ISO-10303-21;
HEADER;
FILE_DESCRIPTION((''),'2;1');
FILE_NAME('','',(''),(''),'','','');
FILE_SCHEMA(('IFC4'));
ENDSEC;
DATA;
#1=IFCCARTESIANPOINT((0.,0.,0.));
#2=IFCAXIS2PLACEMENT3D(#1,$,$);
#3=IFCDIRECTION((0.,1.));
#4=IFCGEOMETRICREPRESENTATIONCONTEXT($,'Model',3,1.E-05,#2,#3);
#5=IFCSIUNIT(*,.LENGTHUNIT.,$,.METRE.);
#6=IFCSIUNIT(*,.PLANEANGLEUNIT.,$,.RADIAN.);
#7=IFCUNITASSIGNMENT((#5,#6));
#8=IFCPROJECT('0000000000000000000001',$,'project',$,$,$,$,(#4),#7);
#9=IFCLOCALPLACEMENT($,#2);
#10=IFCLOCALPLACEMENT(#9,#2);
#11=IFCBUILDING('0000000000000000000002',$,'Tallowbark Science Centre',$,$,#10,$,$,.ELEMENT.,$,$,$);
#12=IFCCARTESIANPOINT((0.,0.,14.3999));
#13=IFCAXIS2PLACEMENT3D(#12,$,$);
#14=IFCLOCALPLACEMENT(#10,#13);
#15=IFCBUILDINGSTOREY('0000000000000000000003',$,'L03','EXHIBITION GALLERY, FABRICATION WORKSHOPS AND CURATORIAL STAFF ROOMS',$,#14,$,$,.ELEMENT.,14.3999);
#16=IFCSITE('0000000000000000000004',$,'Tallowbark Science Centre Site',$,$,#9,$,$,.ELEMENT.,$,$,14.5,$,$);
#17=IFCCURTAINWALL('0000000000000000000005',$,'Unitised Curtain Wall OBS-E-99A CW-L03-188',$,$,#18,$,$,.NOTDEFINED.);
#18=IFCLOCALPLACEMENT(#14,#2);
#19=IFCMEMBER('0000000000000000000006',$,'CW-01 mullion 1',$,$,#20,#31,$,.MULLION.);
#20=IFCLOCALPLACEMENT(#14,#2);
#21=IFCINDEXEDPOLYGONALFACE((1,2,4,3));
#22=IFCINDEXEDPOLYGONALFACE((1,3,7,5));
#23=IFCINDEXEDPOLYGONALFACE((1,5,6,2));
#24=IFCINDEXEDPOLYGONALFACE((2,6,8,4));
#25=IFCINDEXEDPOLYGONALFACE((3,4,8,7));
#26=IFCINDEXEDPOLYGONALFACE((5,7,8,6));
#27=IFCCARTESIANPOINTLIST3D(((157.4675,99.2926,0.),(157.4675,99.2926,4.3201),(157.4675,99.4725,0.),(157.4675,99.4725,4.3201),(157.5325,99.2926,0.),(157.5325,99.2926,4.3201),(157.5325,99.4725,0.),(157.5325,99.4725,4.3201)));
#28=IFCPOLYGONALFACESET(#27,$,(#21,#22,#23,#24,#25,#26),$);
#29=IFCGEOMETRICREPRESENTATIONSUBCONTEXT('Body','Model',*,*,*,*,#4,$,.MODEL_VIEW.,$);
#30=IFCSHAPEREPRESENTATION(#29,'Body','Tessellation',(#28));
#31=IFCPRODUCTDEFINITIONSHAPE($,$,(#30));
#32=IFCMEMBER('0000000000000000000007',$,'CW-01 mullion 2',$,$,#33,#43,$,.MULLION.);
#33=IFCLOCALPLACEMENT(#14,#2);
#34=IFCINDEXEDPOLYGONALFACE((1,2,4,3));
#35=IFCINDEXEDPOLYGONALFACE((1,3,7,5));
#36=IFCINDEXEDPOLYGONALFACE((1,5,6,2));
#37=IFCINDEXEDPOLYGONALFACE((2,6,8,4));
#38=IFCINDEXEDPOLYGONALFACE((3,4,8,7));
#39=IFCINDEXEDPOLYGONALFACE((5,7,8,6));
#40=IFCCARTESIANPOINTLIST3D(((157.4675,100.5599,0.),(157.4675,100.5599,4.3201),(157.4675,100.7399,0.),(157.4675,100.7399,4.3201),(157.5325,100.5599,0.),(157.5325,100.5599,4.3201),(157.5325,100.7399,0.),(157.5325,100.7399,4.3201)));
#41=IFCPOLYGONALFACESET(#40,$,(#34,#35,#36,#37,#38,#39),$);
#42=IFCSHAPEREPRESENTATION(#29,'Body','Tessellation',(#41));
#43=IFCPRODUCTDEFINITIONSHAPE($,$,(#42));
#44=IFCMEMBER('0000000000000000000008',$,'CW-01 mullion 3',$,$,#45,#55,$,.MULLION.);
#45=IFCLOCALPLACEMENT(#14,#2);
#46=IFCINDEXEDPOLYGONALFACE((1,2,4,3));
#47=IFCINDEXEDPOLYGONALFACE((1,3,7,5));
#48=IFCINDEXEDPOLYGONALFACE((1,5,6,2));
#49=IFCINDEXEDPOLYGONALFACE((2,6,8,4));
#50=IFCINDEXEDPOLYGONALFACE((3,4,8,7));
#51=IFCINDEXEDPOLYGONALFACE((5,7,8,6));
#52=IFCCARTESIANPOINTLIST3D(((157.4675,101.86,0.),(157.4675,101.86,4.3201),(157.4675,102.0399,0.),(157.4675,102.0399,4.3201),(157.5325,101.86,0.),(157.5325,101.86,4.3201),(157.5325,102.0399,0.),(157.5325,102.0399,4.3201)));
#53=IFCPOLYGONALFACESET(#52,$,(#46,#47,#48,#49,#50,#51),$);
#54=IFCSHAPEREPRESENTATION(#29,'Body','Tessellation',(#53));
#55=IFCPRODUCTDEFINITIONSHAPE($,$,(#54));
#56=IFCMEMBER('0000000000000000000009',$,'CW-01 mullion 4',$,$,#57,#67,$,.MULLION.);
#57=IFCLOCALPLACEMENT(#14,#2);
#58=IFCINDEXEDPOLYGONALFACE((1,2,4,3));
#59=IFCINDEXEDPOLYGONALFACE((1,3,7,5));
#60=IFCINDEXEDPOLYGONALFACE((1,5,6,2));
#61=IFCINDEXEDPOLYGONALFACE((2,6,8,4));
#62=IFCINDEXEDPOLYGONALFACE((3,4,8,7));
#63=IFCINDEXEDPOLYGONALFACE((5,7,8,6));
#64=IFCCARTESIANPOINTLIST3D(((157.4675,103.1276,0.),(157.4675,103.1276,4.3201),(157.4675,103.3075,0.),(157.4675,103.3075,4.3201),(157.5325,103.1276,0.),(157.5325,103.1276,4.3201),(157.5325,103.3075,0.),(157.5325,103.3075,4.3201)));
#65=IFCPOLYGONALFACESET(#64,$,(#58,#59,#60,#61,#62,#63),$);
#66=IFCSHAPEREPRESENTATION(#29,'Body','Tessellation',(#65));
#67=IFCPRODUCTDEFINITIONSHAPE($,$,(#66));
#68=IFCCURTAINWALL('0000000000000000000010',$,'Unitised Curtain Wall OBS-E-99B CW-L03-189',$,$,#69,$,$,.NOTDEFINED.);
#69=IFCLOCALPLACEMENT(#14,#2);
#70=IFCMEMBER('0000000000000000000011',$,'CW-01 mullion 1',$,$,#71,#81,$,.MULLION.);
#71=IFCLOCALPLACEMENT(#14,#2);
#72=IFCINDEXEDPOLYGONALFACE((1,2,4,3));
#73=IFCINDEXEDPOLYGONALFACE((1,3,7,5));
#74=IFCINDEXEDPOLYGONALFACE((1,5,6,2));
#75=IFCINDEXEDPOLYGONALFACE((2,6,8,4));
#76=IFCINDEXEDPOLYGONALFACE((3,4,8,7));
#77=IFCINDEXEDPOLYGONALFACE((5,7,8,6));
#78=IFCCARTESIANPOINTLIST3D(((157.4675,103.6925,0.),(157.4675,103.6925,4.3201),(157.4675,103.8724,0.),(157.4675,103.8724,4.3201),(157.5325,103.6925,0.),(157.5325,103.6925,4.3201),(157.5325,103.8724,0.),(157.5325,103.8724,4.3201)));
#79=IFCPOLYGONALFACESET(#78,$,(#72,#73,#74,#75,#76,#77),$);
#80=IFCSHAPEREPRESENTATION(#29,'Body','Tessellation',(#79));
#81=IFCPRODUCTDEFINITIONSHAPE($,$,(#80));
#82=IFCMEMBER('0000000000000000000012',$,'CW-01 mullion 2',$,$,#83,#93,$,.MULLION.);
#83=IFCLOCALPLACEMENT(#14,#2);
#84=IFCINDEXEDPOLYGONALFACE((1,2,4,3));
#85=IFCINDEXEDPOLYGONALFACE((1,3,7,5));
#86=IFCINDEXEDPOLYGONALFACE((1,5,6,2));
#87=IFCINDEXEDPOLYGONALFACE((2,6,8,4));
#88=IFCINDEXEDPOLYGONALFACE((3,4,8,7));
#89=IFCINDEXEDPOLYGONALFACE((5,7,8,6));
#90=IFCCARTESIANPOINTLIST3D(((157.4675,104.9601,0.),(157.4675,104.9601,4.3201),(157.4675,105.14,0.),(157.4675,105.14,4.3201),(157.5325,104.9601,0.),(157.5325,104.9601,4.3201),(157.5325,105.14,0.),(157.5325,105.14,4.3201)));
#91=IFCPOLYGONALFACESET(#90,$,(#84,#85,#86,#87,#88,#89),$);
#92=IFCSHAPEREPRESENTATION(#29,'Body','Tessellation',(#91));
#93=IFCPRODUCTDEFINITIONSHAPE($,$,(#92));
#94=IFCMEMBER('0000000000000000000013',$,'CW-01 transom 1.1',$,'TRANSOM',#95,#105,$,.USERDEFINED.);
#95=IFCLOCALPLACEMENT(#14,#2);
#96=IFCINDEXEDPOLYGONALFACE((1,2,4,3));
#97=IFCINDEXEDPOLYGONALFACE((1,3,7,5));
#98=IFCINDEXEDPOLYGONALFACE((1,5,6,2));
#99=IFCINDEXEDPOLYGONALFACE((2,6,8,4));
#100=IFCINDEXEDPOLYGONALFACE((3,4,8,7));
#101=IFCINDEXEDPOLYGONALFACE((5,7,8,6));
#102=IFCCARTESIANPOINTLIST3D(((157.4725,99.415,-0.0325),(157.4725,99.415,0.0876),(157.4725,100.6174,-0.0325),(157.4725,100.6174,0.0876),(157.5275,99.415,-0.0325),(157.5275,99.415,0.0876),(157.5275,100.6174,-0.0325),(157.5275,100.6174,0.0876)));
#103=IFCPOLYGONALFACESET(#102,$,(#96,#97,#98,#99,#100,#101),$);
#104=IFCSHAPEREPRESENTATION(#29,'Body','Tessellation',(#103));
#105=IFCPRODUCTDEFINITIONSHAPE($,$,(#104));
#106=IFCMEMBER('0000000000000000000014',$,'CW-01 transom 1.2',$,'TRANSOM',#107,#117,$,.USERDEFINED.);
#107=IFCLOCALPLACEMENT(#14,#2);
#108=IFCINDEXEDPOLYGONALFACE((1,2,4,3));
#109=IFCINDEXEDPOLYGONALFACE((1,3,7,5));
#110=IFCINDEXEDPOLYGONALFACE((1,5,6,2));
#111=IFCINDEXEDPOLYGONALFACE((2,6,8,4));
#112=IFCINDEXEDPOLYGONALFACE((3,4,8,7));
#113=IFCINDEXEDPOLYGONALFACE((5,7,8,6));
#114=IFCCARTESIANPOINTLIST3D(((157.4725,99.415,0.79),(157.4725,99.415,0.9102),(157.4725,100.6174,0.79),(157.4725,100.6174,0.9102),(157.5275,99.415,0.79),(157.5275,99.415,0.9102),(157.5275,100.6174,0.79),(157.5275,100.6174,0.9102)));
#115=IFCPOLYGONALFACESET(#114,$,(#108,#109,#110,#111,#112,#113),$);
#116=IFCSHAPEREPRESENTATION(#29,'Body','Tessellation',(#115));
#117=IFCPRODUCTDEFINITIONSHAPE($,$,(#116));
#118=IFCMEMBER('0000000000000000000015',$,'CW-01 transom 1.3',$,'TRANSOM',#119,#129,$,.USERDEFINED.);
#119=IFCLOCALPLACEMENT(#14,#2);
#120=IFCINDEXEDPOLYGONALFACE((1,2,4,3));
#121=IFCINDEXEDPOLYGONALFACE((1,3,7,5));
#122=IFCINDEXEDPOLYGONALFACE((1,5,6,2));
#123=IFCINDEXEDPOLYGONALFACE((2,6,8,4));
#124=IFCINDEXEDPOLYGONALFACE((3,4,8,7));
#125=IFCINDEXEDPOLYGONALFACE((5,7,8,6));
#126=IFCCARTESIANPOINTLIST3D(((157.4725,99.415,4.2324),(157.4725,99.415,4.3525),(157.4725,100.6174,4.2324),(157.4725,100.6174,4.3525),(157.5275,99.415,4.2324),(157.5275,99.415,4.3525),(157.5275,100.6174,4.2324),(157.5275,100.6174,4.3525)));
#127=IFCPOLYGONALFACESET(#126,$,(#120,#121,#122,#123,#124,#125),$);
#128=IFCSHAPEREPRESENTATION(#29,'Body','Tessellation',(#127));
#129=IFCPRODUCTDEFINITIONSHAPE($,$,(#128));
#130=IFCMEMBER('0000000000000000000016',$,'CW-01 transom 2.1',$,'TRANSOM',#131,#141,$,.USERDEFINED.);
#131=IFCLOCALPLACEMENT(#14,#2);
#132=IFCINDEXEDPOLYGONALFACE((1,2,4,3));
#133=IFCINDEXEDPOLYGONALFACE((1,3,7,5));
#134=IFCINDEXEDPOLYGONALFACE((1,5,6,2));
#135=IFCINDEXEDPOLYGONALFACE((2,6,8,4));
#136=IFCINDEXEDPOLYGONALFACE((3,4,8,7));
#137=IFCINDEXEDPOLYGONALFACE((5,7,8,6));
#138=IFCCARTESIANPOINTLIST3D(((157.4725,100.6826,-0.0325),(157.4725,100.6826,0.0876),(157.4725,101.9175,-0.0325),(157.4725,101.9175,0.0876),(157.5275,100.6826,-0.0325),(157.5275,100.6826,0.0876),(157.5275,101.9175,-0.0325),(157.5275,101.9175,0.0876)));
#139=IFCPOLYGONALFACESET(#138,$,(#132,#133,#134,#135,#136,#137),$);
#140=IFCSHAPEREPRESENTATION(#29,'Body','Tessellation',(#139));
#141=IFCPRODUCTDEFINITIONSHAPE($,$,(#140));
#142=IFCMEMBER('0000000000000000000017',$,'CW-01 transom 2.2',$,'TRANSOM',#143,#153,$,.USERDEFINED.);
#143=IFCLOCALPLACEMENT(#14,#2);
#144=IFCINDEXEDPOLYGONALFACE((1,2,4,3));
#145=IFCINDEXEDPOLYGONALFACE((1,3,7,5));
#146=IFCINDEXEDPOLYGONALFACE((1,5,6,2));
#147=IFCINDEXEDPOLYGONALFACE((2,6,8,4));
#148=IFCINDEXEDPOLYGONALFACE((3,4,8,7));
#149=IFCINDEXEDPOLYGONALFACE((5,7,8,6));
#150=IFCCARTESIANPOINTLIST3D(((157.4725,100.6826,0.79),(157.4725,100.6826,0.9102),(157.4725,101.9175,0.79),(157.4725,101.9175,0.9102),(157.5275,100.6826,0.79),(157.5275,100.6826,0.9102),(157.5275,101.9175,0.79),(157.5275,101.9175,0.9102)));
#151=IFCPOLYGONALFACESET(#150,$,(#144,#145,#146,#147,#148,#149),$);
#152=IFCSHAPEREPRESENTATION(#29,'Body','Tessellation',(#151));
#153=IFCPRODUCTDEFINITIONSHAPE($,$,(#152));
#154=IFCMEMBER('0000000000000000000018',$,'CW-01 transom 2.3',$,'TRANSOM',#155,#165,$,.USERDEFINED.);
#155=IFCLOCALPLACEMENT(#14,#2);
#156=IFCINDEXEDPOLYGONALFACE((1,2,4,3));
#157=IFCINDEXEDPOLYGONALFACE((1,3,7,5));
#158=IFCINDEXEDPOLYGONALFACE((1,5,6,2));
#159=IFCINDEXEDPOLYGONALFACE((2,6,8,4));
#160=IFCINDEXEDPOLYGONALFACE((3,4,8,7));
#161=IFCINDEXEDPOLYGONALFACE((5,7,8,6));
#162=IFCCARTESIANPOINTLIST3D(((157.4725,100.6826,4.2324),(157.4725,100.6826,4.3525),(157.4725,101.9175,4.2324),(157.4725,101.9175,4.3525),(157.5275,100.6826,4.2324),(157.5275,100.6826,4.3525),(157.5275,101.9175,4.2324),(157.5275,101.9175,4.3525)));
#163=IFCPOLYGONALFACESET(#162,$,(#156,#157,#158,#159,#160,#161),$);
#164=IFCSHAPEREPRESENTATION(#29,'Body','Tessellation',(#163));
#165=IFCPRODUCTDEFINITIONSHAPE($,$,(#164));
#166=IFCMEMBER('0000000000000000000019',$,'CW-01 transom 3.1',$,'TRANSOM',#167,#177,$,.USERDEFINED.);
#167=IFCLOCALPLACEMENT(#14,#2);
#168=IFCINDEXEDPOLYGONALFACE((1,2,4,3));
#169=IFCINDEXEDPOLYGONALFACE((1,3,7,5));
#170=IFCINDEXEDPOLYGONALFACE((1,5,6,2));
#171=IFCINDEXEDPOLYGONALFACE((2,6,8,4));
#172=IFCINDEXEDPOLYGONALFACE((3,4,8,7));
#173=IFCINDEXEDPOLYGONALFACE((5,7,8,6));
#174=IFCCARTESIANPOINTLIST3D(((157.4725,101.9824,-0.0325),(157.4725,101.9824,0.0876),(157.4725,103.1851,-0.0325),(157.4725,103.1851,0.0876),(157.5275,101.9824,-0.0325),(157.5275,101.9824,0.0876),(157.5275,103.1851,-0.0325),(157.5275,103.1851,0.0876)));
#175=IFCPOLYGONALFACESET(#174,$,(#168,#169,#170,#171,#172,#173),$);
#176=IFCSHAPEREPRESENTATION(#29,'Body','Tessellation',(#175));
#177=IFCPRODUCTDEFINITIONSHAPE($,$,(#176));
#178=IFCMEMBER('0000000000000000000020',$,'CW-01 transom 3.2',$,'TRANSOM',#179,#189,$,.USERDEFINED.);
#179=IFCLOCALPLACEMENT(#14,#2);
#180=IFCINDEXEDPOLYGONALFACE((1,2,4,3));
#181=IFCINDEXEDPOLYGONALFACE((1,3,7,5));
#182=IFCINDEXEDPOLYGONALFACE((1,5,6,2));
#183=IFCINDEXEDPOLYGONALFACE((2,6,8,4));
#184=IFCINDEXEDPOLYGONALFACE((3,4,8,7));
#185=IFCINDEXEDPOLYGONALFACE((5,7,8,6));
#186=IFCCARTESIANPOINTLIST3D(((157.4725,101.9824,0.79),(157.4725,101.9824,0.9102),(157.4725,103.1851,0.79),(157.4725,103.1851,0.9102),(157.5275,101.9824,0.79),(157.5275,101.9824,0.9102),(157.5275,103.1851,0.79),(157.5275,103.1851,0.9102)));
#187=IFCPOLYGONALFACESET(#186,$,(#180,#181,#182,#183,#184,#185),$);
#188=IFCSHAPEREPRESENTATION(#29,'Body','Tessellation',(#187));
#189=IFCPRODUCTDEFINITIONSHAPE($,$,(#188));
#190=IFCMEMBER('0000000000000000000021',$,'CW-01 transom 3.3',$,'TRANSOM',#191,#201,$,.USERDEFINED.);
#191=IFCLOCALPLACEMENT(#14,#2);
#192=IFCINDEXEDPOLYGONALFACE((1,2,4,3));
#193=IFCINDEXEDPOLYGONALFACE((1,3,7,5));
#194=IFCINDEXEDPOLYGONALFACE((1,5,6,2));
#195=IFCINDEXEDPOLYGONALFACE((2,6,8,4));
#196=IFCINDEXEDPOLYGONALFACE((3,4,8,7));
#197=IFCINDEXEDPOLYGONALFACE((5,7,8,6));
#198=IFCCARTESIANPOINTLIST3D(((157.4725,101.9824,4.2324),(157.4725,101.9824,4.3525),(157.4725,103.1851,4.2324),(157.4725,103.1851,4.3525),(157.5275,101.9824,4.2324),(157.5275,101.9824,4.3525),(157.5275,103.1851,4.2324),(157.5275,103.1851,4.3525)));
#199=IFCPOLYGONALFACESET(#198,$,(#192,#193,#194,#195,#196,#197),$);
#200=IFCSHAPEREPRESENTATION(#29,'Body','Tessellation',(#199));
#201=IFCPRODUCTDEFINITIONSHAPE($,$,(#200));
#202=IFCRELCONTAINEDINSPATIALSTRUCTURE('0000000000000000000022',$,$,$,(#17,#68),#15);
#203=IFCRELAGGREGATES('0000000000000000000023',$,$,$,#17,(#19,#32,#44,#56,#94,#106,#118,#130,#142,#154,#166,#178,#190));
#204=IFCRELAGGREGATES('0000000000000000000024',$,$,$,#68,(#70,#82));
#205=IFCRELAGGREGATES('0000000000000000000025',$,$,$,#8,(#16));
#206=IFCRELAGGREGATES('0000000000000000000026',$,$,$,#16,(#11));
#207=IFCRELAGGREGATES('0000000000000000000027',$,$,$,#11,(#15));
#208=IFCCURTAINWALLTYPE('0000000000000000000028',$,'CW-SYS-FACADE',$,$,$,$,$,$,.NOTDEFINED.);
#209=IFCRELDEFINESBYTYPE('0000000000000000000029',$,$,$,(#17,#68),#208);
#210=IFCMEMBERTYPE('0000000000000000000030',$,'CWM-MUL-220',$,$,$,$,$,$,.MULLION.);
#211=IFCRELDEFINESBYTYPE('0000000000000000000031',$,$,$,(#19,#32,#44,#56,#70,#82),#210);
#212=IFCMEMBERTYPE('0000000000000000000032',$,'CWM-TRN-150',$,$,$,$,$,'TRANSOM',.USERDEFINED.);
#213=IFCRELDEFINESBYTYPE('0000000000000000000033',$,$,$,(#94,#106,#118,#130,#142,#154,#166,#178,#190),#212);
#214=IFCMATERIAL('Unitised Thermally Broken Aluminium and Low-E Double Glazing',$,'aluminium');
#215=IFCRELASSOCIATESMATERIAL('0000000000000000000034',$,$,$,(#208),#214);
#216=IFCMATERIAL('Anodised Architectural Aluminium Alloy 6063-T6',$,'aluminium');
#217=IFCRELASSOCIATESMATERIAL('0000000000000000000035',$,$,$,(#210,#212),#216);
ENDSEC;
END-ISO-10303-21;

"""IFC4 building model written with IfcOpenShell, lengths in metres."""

from ifc_helpers import new_model, si_unit, direction, frame, origin, origin_2d, place, context, subcontext, project, spatial, rectangle, extrude, material, material_profile, profile_set, type_object, element, aggregate, save


model = new_model("IFC4")

# Units and contexts
model_context = context("Model", 3, precision=1e-05, world=origin(), true_north=direction((0.0, 1.0)))
body_context = subcontext(model_context, "Body", "Model", "MODEL_VIEW")
ifc_project = project(units=[si_unit("LENGTHUNIT", "METRE"), si_unit("PLANEANGLEUNIT", "RADIAN")], contexts=[model_context])

# Site, building, storey
site_placement = place(None, origin())
site = spatial("IfcSite", under=ifc_project, at=site_placement, Name="Tallowbark Science Centre Site", CompositionType="ELEMENT", RefElevation=14.5)
building_placement = place(site_placement, origin())
building = spatial("IfcBuilding", under=site, at=building_placement, Name="Tallowbark Science Centre", CompositionType="ELEMENT")
storey_placement = place(building_placement, frame((0.0, 0.0, 14.3999)))
storey = spatial("IfcBuildingStorey", under=building, at=storey_placement, Name="L03", Description="EXHIBITION GALLERY, FABRICATION WORKSHOPS AND CURATORIAL STAFF ROOMS", CompositionType="ELEMENT", Elevation=14.3999)

# Curtain walls, members
ifc_material_1 = material(Name="Unitised Thermally Broken Aluminium and Low-E Double Glazing", Category="aluminium")
curtain_wall_type = type_object("IfcCurtainWallType", Name="CW-SYS-FACADE", PredefinedType="NOTDEFINED", material=ifc_material_1)
curtain_wall_1_placement = place(storey_placement, origin())
curtain_wall_1 = element("IfcCurtainWall", 1, at=curtain_wall_1_placement, inside=storey, type_object=curtain_wall_type, Name="Unitised Curtain Wall OBS-E-99A CW-L03-188", PredefinedType="NOTDEFINED")
ifc_material_2 = material(Name="Anodised Architectural Aluminium Alloy 6063-T6", Category="aluminium")
ifc_material_profile_1 = material_profile(ifc_material_2, rectangle(XDim=0.0649, YDim=0.1799, at=origin_2d()), Name="ALU65x180")
ifc_profile_set_1 = profile_set([ifc_material_profile_1], Name="Anodised Architectural Aluminium Alloy 6063-T6")
member_type_1 = type_object("IfcMemberType", Name="CWM-MUL-220", PredefinedType="MULLION", material=ifc_profile_set_1)
member_1_placement = place(storey_placement, frame((157.5, 99.3826, 0.0), z_axis=(0.0, 0.0, 1.0), x_axis=(-1.0, 0.0, 0.0)))
member_1 = element("IfcMember", 2, at=member_1_placement, type_object=member_type_1, Name="CW-01 mullion 1", PredefinedType="MULLION", context=body_context, shape_type="SweptSolid", body=[
    extrude(rectangle(XDim=0.0649, YDim=0.1799, at=origin_2d()), origin(), (0.0, 0.0, 1.0), 4.3201),
])
member_2_placement = place(storey_placement, frame((157.5, 100.6499, 0.0), z_axis=(0.0, 0.0, 1.0), x_axis=(-1.0, 0.0, 0.0)))
member_2 = element("IfcMember", 3, at=member_2_placement, type_object=member_type_1, Name="CW-01 mullion 2", PredefinedType="MULLION", context=body_context, shape_type="SweptSolid", body=[
    extrude(rectangle(XDim=0.0649, YDim=0.1799, at=origin_2d()), origin(), (0.0, 0.0, 1.0), 4.3201),
])
member_3_placement = place(storey_placement, frame((157.5, 101.95, 0.0), z_axis=(0.0, 0.0, 1.0), x_axis=(-1.0, 0.0, 0.0)))
member_3 = element("IfcMember", 4, at=member_3_placement, type_object=member_type_1, Name="CW-01 mullion 3", PredefinedType="MULLION", context=body_context, shape_type="SweptSolid", body=[
    extrude(rectangle(XDim=0.0649, YDim=0.1799, at=origin_2d()), origin(), (0.0, 0.0, 1.0), 4.3201),
])
member_4_placement = place(storey_placement, frame((157.5, 103.2175, 0.0), z_axis=(0.0, 0.0, 1.0), x_axis=(-1.0, 0.0, 0.0)))
member_4 = element("IfcMember", 5, at=member_4_placement, type_object=member_type_1, Name="CW-01 mullion 4", PredefinedType="MULLION", context=body_context, shape_type="SweptSolid", body=[
    extrude(rectangle(XDim=0.0649, YDim=0.1799, at=origin_2d()), origin(), (0.0, 0.0, 1.0), 4.3201),
])
curtain_wall_2_placement = place(storey_placement, origin())
curtain_wall_2 = element("IfcCurtainWall", 6, at=curtain_wall_2_placement, inside=storey, type_object=curtain_wall_type, Name="Unitised Curtain Wall OBS-E-99B CW-L03-189", PredefinedType="NOTDEFINED")
member_5_placement = place(storey_placement, frame((157.5, 103.7825, 0.0), z_axis=(0.0, 0.0, 1.0), x_axis=(-1.0, 0.0, 0.0)))
member_5 = element("IfcMember", 7, at=member_5_placement, type_object=member_type_1, Name="CW-01 mullion 1", PredefinedType="MULLION", context=body_context, shape_type="SweptSolid", body=[
    extrude(rectangle(XDim=0.0649, YDim=0.1799, at=origin_2d()), origin(), (0.0, 0.0, 1.0), 4.3201),
])
member_6_placement = place(storey_placement, frame((157.5, 105.05, 0.0), z_axis=(0.0, 0.0, 1.0), x_axis=(-1.0, 0.0, 0.0)))
member_6 = element("IfcMember", 8, at=member_6_placement, type_object=member_type_1, Name="CW-01 mullion 2", PredefinedType="MULLION", context=body_context, shape_type="SweptSolid", body=[
    extrude(rectangle(XDim=0.0649, YDim=0.1799, at=origin_2d()), origin(), (0.0, 0.0, 1.0), 4.3201),
])

# Members
ifc_material_profile_2 = material_profile(ifc_material_2, rectangle(XDim=0.0549, YDim=0.1201, at=origin_2d()), Name="ALU55x120")
ifc_profile_set_2 = profile_set([ifc_material_profile_2], Name="Anodised Architectural Aluminium Alloy 6063-T6")
member_type_2 = type_object("IfcMemberType", Name="CWM-TRN-150", ElementType="TRANSOM", PredefinedType="USERDEFINED", material=ifc_profile_set_2)
member_7_placement = place(storey_placement, frame((157.5, 99.415, 0.0276), z_axis=(0.0, 1.0, 0.0), x_axis=(-1.0, 0.0, 0.0)))
member_7 = element("IfcMember", 9, at=member_7_placement, type_object=member_type_2, Name="CW-01 transom 1.1", ObjectType="TRANSOM", PredefinedType="USERDEFINED", context=body_context, shape_type="SweptSolid", body=[
    extrude(rectangle(XDim=0.0549, YDim=0.1201, at=origin_2d()), origin(), (0.0, 0.0, 1.0), 1.2024),
])
member_8_placement = place(storey_placement, frame((157.5, 99.415, 0.8501), z_axis=(0.0, 1.0, 0.0), x_axis=(-1.0, 0.0, 0.0)))
member_8 = element("IfcMember", 10, at=member_8_placement, type_object=member_type_2, Name="CW-01 transom 1.2", ObjectType="TRANSOM", PredefinedType="USERDEFINED", context=body_context, shape_type="SweptSolid", body=[
    extrude(rectangle(XDim=0.0549, YDim=0.1201, at=origin_2d()), origin(), (0.0, 0.0, 1.0), 1.2024),
])
member_9_placement = place(storey_placement, frame((157.5, 99.415, 4.2925), z_axis=(0.0, 1.0, 0.0), x_axis=(-1.0, 0.0, 0.0)))
member_9 = element("IfcMember", 11, at=member_9_placement, type_object=member_type_2, Name="CW-01 transom 1.3", ObjectType="TRANSOM", PredefinedType="USERDEFINED", context=body_context, shape_type="SweptSolid", body=[
    extrude(rectangle(XDim=0.0549, YDim=0.1201, at=origin_2d()), origin(), (0.0, 0.0, 1.0), 1.2024),
])
member_10_placement = place(storey_placement, frame((157.5, 100.6826, 0.0276), z_axis=(0.0, 1.0, 0.0), x_axis=(-1.0, 0.0, 0.0)))
member_10 = element("IfcMember", 12, at=member_10_placement, type_object=member_type_2, Name="CW-01 transom 2.1", ObjectType="TRANSOM", PredefinedType="USERDEFINED", context=body_context, shape_type="SweptSolid", body=[
    extrude(rectangle(XDim=0.0549, YDim=0.1201, at=origin_2d()), origin(), (0.0, 0.0, 1.0), 1.2349),
])
member_11_placement = place(storey_placement, frame((157.5, 100.6826, 0.8501), z_axis=(0.0, 1.0, 0.0), x_axis=(-1.0, 0.0, 0.0)))
member_11 = element("IfcMember", 13, at=member_11_placement, type_object=member_type_2, Name="CW-01 transom 2.2", ObjectType="TRANSOM", PredefinedType="USERDEFINED", context=body_context, shape_type="SweptSolid", body=[
    extrude(rectangle(XDim=0.0549, YDim=0.1201, at=origin_2d()), origin(), (0.0, 0.0, 1.0), 1.2349),
])
member_12_placement = place(storey_placement, frame((157.5, 100.6826, 4.2925), z_axis=(0.0, 1.0, 0.0), x_axis=(-1.0, 0.0, 0.0)))
member_12 = element("IfcMember", 14, at=member_12_placement, type_object=member_type_2, Name="CW-01 transom 2.3", ObjectType="TRANSOM", PredefinedType="USERDEFINED", context=body_context, shape_type="SweptSolid", body=[
    extrude(rectangle(XDim=0.0549, YDim=0.1201, at=origin_2d()), origin(), (0.0, 0.0, 1.0), 1.2349),
])
member_13_placement = place(storey_placement, frame((157.5, 101.9824, 0.0276), z_axis=(0.0, 1.0, 0.0), x_axis=(-1.0, 0.0, 0.0)))
member_13 = element("IfcMember", 15, at=member_13_placement, type_object=member_type_2, Name="CW-01 transom 3.1", ObjectType="TRANSOM", PredefinedType="USERDEFINED", context=body_context, shape_type="SweptSolid", body=[
    extrude(rectangle(XDim=0.0549, YDim=0.1201, at=origin_2d()), origin(), (0.0, 0.0, 1.0), 1.2026),
])
member_14_placement = place(storey_placement, frame((157.5, 101.9824, 0.8501), z_axis=(0.0, 1.0, 0.0), x_axis=(-1.0, 0.0, 0.0)))
member_14 = element("IfcMember", 16, at=member_14_placement, type_object=member_type_2, Name="CW-01 transom 3.2", ObjectType="TRANSOM", PredefinedType="USERDEFINED", context=body_context, shape_type="SweptSolid", body=[
    extrude(rectangle(XDim=0.0549, YDim=0.1201, at=origin_2d()), origin(), (0.0, 0.0, 1.0), 1.2026),
])
member_15_placement = place(storey_placement, frame((157.5, 101.9824, 4.2925), z_axis=(0.0, 1.0, 0.0), x_axis=(-1.0, 0.0, 0.0)))
member_15 = element("IfcMember", 17, at=member_15_placement, type_object=member_type_2, Name="CW-01 transom 3.3", ObjectType="TRANSOM", PredefinedType="USERDEFINED", context=body_context, shape_type="SweptSolid", body=[
    extrude(rectangle(XDim=0.0549, YDim=0.1201, at=origin_2d()), origin(), (0.0, 0.0, 1.0), 1.2026),
])

aggregate(curtain_wall_1, [member_1, member_2, member_3, member_4, member_7, member_8, member_9, member_10, member_11, member_12, member_13, member_14, member_15])
aggregate(curtain_wall_2, [member_5, member_6])

save(model, "model.ifc")
